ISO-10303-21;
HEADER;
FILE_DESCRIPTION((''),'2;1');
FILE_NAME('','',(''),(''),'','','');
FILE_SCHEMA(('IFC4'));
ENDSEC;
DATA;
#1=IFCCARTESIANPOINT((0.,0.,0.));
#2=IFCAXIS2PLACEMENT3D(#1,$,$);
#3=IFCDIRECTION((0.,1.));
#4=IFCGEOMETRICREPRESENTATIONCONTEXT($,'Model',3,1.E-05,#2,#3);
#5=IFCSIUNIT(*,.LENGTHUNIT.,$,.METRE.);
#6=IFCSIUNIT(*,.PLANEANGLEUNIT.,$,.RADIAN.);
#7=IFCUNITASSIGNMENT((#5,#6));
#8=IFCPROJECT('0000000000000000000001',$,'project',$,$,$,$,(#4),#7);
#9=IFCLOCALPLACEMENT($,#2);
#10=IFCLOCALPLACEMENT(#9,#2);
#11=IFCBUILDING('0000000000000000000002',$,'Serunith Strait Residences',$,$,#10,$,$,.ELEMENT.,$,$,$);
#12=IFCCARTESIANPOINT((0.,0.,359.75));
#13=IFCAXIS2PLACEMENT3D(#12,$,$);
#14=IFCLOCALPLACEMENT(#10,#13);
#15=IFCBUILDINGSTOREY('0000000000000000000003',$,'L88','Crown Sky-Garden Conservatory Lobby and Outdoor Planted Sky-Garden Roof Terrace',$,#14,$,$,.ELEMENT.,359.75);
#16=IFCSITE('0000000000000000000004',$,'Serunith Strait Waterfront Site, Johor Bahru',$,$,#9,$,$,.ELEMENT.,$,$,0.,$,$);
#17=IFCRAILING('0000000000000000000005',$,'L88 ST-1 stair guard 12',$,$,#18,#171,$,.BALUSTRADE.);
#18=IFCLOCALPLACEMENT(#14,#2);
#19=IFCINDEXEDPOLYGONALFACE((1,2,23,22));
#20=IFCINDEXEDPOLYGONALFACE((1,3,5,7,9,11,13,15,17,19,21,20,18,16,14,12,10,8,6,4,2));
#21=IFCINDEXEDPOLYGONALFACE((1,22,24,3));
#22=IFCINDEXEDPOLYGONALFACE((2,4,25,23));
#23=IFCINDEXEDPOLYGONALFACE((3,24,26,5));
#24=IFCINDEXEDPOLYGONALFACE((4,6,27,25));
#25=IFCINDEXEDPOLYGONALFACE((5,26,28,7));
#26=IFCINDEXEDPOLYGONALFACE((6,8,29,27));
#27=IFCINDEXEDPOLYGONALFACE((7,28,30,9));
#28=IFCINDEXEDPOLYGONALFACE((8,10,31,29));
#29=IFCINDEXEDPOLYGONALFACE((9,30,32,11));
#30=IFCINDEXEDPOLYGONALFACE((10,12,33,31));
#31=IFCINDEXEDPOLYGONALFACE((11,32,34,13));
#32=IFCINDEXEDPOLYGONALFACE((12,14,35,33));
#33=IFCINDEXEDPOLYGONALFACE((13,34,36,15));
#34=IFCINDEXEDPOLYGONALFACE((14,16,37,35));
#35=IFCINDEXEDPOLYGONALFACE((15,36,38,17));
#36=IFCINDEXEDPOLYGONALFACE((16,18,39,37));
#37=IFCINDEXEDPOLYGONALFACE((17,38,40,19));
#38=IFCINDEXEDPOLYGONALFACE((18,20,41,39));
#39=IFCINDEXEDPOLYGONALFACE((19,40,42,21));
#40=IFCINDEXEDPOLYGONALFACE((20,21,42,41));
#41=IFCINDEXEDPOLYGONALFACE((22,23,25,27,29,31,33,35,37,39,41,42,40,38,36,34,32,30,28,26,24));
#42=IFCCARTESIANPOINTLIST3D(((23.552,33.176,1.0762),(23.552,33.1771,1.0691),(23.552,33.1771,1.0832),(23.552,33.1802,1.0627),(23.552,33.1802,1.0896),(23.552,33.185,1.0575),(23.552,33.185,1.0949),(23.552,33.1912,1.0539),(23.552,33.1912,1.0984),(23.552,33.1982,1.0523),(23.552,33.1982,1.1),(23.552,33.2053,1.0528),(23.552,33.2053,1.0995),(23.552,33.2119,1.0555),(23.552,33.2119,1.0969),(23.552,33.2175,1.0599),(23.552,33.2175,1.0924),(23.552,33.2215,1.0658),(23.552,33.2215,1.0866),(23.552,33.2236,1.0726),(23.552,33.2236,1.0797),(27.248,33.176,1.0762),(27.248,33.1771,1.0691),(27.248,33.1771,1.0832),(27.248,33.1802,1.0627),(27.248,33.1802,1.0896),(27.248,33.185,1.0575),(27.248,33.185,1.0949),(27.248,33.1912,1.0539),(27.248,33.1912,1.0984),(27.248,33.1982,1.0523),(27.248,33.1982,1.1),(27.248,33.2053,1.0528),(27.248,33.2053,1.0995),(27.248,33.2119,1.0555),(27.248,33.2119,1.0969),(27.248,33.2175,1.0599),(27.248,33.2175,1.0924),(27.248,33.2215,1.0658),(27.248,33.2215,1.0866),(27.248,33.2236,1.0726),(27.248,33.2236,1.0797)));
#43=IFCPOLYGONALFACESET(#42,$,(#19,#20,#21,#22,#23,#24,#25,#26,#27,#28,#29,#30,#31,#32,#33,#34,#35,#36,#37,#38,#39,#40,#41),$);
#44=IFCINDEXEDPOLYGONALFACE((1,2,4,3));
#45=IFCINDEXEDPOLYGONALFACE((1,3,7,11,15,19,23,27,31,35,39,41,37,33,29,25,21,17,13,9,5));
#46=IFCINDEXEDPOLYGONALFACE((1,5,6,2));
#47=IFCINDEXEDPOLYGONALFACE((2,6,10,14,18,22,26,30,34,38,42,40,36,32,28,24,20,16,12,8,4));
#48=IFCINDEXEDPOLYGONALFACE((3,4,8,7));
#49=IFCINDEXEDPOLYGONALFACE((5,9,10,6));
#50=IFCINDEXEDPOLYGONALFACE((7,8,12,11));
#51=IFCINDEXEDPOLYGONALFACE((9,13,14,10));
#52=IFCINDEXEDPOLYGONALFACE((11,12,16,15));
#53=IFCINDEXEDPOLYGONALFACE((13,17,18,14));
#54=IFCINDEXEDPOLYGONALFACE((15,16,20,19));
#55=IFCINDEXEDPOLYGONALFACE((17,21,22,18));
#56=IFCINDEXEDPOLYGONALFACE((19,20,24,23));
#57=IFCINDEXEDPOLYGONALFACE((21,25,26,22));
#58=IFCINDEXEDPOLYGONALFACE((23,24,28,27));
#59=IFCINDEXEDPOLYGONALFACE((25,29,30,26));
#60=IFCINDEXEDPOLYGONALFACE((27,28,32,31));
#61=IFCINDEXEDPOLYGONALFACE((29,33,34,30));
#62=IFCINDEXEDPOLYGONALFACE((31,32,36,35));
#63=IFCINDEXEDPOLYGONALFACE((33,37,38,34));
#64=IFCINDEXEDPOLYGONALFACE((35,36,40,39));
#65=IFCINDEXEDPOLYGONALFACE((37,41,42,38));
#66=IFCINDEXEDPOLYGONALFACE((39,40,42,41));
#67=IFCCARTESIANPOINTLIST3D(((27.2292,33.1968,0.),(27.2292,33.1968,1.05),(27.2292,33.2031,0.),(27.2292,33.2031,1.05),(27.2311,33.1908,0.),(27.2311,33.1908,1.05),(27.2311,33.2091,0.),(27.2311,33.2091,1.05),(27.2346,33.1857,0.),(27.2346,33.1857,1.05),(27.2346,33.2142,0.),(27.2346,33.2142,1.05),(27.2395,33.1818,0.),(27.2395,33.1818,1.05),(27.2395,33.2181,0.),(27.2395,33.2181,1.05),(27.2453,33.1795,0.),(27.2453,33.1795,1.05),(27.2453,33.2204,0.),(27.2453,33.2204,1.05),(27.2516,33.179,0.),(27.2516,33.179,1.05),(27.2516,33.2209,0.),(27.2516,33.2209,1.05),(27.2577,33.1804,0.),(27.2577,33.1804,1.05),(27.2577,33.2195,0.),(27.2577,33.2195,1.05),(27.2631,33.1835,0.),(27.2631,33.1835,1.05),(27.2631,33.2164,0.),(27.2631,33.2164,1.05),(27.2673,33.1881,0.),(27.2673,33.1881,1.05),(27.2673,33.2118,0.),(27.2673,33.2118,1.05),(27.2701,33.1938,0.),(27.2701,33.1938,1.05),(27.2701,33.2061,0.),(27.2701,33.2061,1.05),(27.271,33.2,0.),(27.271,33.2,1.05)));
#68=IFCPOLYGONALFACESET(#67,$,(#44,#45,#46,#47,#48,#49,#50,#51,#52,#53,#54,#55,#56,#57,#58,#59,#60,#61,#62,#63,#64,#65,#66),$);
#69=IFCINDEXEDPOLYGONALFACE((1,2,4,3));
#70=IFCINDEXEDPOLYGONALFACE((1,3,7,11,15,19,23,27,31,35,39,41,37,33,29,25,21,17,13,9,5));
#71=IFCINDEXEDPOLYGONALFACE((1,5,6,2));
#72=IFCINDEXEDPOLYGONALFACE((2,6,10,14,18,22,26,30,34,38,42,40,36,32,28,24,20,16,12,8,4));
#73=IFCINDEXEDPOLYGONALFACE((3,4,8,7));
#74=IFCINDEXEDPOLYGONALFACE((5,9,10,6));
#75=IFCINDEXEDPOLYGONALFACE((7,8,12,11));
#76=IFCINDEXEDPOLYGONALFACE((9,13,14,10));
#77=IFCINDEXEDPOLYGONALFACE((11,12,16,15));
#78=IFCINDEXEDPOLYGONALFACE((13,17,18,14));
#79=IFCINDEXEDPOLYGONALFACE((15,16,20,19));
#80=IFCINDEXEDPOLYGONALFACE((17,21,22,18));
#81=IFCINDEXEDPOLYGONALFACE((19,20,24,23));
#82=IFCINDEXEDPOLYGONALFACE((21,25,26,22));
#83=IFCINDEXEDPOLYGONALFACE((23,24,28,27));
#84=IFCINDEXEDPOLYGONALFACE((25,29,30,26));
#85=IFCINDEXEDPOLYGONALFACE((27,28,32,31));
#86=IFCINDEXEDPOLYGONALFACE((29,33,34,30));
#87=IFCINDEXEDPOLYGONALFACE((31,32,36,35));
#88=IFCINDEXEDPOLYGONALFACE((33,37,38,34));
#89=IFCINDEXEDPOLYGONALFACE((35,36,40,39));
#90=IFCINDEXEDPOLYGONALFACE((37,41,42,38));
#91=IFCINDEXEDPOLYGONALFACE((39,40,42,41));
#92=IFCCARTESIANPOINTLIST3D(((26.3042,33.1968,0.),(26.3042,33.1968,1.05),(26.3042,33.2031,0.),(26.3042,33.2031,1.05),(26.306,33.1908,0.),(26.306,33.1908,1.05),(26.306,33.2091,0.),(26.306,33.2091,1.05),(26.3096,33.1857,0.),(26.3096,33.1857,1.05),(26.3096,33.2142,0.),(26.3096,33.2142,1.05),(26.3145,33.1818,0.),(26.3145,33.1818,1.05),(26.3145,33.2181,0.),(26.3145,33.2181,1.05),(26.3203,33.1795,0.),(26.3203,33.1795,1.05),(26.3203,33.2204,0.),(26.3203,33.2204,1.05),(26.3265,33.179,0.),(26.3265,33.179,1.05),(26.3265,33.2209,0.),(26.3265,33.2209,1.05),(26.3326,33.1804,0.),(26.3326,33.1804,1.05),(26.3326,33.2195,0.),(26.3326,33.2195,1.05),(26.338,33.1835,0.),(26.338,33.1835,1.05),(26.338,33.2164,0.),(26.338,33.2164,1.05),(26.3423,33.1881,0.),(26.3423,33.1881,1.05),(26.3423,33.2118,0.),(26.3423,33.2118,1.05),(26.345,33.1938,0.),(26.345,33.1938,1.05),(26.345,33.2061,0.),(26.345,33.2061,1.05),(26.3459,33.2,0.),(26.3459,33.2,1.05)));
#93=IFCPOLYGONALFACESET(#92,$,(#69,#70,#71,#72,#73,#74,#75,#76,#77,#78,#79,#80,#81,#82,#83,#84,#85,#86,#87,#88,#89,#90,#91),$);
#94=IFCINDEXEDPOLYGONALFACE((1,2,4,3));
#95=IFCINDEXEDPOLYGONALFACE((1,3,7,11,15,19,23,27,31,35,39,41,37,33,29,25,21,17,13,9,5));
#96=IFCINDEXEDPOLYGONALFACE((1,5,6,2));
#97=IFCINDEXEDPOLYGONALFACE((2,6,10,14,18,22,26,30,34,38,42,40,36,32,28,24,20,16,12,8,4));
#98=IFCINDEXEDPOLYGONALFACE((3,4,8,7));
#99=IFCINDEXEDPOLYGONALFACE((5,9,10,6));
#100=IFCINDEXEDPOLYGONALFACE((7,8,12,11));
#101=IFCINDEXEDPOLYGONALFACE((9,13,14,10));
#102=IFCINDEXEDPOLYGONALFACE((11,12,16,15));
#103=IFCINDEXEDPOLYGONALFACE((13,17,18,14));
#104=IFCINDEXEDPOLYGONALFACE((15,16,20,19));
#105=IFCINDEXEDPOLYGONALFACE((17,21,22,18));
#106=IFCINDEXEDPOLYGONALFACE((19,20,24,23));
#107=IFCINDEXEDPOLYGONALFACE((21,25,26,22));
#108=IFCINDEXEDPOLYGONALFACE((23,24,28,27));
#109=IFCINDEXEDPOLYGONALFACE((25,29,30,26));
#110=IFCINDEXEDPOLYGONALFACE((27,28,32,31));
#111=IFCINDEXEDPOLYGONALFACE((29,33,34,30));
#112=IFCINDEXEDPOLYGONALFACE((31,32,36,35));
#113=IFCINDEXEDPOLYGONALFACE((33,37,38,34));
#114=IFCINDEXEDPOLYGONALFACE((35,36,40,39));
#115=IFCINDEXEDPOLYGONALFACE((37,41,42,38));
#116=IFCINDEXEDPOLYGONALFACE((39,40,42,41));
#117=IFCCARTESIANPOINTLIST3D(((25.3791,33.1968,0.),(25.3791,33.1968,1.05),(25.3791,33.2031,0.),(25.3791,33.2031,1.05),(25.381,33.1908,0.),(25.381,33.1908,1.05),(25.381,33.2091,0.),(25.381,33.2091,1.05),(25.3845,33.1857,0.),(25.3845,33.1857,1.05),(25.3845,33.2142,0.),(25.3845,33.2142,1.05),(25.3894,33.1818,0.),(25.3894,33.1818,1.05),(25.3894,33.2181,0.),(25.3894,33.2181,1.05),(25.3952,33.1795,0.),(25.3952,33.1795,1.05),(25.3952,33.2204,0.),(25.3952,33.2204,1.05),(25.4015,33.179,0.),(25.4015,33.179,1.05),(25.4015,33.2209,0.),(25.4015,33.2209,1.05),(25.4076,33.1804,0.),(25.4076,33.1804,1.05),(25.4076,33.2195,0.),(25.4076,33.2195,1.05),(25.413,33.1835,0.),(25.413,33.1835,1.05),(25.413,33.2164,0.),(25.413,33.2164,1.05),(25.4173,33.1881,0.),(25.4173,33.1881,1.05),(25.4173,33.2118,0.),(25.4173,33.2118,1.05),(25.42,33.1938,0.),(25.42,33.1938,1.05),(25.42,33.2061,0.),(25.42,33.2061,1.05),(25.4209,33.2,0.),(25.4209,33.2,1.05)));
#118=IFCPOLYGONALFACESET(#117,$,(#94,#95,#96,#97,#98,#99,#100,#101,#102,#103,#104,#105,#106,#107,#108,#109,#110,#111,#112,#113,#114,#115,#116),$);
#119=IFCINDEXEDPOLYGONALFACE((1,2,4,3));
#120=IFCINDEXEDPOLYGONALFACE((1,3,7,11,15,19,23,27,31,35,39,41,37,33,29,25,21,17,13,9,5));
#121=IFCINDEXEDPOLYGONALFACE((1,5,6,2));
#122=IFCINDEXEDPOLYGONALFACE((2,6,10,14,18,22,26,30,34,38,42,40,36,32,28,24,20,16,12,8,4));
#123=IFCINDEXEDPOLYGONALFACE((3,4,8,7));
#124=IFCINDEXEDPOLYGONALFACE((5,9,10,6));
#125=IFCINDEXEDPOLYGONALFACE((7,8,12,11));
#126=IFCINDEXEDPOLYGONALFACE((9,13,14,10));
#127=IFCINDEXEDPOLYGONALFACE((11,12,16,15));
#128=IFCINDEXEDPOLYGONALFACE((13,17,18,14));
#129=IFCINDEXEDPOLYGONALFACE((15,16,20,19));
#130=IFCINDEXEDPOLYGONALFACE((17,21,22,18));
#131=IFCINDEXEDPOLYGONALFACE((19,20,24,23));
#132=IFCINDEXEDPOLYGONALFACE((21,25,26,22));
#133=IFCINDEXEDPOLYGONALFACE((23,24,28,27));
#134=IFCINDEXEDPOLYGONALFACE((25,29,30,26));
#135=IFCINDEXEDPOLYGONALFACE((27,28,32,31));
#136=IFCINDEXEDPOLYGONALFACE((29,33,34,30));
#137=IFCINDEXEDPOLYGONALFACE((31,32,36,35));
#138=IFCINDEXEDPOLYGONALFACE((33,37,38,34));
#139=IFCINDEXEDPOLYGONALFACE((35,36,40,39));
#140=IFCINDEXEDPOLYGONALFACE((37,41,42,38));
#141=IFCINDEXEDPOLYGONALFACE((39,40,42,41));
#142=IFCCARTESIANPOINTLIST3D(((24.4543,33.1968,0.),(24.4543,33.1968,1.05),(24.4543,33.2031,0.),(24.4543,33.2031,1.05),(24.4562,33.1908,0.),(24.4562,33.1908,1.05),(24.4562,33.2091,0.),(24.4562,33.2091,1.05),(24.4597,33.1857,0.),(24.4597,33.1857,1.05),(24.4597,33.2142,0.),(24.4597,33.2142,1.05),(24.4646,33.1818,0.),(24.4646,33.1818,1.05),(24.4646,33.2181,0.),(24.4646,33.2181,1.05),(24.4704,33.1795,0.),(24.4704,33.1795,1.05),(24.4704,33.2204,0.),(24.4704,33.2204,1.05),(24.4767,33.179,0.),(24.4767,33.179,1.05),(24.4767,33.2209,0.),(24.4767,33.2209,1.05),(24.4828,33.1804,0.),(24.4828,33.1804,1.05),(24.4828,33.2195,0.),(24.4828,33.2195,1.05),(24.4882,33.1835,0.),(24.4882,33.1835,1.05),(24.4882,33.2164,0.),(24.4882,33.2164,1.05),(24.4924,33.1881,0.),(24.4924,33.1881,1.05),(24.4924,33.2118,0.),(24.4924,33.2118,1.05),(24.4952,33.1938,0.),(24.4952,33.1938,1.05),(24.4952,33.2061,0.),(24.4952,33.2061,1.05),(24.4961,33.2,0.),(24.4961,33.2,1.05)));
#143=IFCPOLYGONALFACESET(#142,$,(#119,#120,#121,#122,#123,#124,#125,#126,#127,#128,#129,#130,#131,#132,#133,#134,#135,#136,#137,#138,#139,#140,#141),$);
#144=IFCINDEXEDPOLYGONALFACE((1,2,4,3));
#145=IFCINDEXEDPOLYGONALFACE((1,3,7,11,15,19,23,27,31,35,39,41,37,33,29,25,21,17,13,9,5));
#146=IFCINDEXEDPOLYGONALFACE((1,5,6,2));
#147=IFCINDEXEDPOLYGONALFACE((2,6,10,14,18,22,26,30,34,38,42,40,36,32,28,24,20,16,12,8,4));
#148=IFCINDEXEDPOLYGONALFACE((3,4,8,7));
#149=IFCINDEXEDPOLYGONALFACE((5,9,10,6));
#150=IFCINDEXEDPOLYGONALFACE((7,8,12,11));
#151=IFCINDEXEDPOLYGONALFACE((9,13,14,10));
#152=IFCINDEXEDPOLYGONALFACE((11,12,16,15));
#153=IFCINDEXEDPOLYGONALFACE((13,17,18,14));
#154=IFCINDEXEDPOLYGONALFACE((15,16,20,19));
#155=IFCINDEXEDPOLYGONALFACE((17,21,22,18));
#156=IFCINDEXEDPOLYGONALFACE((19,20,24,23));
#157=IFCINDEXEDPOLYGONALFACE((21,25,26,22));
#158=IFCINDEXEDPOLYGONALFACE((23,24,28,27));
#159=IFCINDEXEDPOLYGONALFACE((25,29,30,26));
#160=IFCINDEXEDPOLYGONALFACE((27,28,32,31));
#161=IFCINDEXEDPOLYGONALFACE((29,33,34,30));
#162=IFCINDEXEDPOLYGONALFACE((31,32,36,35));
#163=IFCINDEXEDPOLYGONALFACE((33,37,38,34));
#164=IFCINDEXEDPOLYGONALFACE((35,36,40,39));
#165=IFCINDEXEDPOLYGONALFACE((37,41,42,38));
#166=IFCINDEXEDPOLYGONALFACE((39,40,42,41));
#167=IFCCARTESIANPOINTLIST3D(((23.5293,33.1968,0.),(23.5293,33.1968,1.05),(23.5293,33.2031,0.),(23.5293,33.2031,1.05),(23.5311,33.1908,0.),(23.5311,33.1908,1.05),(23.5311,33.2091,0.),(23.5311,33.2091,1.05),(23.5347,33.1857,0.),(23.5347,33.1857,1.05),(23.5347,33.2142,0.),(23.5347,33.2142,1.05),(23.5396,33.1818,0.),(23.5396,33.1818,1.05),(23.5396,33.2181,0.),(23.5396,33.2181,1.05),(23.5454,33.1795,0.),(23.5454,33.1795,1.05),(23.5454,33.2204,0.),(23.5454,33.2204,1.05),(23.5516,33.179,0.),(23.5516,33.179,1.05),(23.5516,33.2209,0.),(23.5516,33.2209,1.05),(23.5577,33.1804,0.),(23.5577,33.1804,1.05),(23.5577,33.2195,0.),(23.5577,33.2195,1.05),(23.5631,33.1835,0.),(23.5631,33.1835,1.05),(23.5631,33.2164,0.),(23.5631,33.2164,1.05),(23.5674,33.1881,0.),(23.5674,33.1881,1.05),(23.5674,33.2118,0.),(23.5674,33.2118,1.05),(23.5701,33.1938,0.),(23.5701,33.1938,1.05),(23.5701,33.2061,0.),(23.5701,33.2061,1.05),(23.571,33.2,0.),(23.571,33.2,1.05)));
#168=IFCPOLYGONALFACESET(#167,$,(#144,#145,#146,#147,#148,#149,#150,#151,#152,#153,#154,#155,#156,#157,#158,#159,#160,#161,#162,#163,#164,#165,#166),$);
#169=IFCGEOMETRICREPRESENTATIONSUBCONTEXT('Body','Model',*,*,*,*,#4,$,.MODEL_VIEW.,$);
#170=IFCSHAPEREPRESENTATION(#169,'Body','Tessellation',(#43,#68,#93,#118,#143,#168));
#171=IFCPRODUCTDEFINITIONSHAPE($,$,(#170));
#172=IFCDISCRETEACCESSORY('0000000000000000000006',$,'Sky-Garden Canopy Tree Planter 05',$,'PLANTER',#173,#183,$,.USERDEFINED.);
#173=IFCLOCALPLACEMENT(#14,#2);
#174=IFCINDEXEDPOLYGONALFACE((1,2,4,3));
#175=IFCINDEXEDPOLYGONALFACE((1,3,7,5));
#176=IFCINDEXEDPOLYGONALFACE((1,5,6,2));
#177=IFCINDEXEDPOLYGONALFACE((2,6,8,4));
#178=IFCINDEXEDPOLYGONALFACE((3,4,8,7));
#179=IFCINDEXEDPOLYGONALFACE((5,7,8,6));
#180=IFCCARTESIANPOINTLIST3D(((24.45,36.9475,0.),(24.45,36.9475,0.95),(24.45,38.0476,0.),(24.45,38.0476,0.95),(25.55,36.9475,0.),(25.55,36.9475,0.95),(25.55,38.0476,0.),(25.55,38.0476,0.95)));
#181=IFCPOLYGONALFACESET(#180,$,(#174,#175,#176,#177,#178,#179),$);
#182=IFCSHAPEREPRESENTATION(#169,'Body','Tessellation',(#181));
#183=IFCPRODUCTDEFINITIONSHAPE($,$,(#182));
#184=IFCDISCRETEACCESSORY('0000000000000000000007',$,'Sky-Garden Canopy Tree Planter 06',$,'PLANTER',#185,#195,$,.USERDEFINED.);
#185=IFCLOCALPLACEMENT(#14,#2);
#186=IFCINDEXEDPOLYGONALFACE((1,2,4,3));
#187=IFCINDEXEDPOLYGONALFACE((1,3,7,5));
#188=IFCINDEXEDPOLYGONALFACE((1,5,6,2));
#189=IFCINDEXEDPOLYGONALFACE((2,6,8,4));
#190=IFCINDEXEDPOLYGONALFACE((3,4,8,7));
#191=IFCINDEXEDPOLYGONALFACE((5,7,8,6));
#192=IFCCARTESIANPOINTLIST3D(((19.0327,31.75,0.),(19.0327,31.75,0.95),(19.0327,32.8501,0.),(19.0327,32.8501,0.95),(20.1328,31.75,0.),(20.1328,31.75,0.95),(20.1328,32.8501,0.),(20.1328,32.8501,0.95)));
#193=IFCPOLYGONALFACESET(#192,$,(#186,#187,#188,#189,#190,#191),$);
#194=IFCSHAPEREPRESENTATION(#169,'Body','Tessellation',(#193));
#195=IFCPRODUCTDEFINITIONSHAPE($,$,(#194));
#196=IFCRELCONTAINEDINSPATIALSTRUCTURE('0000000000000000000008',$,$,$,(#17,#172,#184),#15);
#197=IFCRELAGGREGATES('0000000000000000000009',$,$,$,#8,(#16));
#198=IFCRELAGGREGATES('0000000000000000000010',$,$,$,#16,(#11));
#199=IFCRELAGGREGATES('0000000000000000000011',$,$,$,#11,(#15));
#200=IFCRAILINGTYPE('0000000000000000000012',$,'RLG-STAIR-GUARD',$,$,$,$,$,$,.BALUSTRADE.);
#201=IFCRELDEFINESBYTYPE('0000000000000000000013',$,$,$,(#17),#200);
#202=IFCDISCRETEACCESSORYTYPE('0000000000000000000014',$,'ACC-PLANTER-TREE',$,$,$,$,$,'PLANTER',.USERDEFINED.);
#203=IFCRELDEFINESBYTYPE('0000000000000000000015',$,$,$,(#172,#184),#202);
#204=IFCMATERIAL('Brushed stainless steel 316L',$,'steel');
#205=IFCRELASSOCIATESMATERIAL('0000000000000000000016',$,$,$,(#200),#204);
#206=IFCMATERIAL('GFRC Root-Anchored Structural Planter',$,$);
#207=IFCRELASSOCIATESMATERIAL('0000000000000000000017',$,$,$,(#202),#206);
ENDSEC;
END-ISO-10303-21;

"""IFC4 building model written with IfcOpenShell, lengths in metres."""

from ifc_helpers import new_model, si_unit, direction, frame, origin, origin_2d, place, context, subcontext, project, spatial, rectangle, circle, extrude, source, transform, mapped, material, type_object, element, save


model = new_model("IFC4")

# Units and contexts
model_context = context("Model", 3, precision=1e-05, world=origin(), true_north=direction((0.0, 1.0)))
body_context = subcontext(model_context, "Body", "Model", "MODEL_VIEW")
ifc_project = project(units=[si_unit("LENGTHUNIT", "METRE"), si_unit("PLANEANGLEUNIT", "RADIAN")], contexts=[model_context])

# Site, building, storey
site_placement = place(None, origin())
site = spatial("IfcSite", under=ifc_project, at=site_placement, Name="Serunith Strait Waterfront Site, Johor Bahru", CompositionType="ELEMENT", RefElevation=0.0)
building_placement = place(site_placement, origin())
building = spatial("IfcBuilding", under=site, at=building_placement, Name="Serunith Strait Residences", CompositionType="ELEMENT")
storey_placement = place(building_placement, frame((0.0, 0.0, 359.75)))
storey = spatial("IfcBuildingStorey", under=building, at=storey_placement, Name="L88", Description="Crown Sky-Garden Conservatory Lobby and Outdoor Planted Sky-Garden Roof Terrace", CompositionType="ELEMENT", Elevation=359.75)

# Railing
ifc_material_1 = material(Name="Brushed stainless steel 316L", Category="steel")
railing_type_1 = type_object("IfcRailingType", Name="RLG-STAIR-GUARD", PredefinedType="BALUSTRADE", material=ifc_material_1)
railing_1_placement = place(storey_placement, frame((27.25, 33.2, 0.0)))
element("IfcRailing", 1, at=railing_1_placement, inside=storey, type_object=railing_type_1, Name="L88 ST-1 stair guard 12", PredefinedType="BALUSTRADE", context=body_context, shape_type="SweptSolid", body=[
    extrude(circle(Radius=0.0239, at=origin_2d()), frame((-0.002, 0.0, 1.0762), z_axis=(-1.0, 0.0, 0.0), x_axis=(0.0, -1.0, 0.0)), (0.0, 0.0, 1.0), 3.696),
    extrude(circle(Radius=0.021, at=origin_2d()), origin(), (0.0, 0.0, 1.0), 1.05),
    extrude(circle(Radius=0.021, at=origin_2d()), frame((-0.925, 0.0, 0.0)), (0.0, 0.0, 1.0), 1.05),
    extrude(circle(Radius=0.021, at=origin_2d()), frame((-1.8501, 0.0, 0.0)), (0.0, 0.0, 1.0), 1.05),
    extrude(circle(Radius=0.021, at=origin_2d()), frame((-2.7749, 0.0, 0.0)), (0.0, 0.0, 1.0), 1.05),
    extrude(circle(Radius=0.021, at=origin_2d()), frame((-3.7, 0.0, 0.0)), (0.0, 0.0, 1.0), 1.05),
])

# Discrete accessories
ifc_material_2 = material(Name="GFRC Root-Anchored Structural Planter")
discrete_accessory_type = type_object("IfcDiscreteAccessoryType", Name="ACC-PLANTER-TREE", ElementType="PLANTER", PredefinedType="USERDEFINED", material=ifc_material_2)
shared_shape_1 = source(origin(), body_context, "Body", "SweptSolid", [
    extrude(rectangle(XDim=1.1001, YDim=1.1001, at=origin_2d()), origin(), (0.0, 0.0, 1.0), 0.95),
])
for number, where, z_axis, x_axis, name in (
    (2, (25.0, 37.4976, 0.0), (0.0, 0.0, 1.0), (1.0, 0.0, 0.0), "Sky-Garden Canopy Tree Planter 05"),
    (3, (19.5828, 32.3, 0.0), (0.0, 0.0, 1.0), (1.0, 0.0, 0.0), "Sky-Garden Canopy Tree Planter 06"),
):
    element("IfcDiscreteAccessory", number, at=place(storey_placement, frame(where, z_axis=z_axis, x_axis=x_axis)), inside=storey, type_object=discrete_accessory_type, Name=name, ObjectType="PLANTER", PredefinedType="USERDEFINED", context=body_context, shape_type="MappedRepresentation", body=[
        mapped(shared_shape_1, transform((0.0, 0.0, 0.0), scale=1.0)),
    ])

save(model, "model.ifc")
